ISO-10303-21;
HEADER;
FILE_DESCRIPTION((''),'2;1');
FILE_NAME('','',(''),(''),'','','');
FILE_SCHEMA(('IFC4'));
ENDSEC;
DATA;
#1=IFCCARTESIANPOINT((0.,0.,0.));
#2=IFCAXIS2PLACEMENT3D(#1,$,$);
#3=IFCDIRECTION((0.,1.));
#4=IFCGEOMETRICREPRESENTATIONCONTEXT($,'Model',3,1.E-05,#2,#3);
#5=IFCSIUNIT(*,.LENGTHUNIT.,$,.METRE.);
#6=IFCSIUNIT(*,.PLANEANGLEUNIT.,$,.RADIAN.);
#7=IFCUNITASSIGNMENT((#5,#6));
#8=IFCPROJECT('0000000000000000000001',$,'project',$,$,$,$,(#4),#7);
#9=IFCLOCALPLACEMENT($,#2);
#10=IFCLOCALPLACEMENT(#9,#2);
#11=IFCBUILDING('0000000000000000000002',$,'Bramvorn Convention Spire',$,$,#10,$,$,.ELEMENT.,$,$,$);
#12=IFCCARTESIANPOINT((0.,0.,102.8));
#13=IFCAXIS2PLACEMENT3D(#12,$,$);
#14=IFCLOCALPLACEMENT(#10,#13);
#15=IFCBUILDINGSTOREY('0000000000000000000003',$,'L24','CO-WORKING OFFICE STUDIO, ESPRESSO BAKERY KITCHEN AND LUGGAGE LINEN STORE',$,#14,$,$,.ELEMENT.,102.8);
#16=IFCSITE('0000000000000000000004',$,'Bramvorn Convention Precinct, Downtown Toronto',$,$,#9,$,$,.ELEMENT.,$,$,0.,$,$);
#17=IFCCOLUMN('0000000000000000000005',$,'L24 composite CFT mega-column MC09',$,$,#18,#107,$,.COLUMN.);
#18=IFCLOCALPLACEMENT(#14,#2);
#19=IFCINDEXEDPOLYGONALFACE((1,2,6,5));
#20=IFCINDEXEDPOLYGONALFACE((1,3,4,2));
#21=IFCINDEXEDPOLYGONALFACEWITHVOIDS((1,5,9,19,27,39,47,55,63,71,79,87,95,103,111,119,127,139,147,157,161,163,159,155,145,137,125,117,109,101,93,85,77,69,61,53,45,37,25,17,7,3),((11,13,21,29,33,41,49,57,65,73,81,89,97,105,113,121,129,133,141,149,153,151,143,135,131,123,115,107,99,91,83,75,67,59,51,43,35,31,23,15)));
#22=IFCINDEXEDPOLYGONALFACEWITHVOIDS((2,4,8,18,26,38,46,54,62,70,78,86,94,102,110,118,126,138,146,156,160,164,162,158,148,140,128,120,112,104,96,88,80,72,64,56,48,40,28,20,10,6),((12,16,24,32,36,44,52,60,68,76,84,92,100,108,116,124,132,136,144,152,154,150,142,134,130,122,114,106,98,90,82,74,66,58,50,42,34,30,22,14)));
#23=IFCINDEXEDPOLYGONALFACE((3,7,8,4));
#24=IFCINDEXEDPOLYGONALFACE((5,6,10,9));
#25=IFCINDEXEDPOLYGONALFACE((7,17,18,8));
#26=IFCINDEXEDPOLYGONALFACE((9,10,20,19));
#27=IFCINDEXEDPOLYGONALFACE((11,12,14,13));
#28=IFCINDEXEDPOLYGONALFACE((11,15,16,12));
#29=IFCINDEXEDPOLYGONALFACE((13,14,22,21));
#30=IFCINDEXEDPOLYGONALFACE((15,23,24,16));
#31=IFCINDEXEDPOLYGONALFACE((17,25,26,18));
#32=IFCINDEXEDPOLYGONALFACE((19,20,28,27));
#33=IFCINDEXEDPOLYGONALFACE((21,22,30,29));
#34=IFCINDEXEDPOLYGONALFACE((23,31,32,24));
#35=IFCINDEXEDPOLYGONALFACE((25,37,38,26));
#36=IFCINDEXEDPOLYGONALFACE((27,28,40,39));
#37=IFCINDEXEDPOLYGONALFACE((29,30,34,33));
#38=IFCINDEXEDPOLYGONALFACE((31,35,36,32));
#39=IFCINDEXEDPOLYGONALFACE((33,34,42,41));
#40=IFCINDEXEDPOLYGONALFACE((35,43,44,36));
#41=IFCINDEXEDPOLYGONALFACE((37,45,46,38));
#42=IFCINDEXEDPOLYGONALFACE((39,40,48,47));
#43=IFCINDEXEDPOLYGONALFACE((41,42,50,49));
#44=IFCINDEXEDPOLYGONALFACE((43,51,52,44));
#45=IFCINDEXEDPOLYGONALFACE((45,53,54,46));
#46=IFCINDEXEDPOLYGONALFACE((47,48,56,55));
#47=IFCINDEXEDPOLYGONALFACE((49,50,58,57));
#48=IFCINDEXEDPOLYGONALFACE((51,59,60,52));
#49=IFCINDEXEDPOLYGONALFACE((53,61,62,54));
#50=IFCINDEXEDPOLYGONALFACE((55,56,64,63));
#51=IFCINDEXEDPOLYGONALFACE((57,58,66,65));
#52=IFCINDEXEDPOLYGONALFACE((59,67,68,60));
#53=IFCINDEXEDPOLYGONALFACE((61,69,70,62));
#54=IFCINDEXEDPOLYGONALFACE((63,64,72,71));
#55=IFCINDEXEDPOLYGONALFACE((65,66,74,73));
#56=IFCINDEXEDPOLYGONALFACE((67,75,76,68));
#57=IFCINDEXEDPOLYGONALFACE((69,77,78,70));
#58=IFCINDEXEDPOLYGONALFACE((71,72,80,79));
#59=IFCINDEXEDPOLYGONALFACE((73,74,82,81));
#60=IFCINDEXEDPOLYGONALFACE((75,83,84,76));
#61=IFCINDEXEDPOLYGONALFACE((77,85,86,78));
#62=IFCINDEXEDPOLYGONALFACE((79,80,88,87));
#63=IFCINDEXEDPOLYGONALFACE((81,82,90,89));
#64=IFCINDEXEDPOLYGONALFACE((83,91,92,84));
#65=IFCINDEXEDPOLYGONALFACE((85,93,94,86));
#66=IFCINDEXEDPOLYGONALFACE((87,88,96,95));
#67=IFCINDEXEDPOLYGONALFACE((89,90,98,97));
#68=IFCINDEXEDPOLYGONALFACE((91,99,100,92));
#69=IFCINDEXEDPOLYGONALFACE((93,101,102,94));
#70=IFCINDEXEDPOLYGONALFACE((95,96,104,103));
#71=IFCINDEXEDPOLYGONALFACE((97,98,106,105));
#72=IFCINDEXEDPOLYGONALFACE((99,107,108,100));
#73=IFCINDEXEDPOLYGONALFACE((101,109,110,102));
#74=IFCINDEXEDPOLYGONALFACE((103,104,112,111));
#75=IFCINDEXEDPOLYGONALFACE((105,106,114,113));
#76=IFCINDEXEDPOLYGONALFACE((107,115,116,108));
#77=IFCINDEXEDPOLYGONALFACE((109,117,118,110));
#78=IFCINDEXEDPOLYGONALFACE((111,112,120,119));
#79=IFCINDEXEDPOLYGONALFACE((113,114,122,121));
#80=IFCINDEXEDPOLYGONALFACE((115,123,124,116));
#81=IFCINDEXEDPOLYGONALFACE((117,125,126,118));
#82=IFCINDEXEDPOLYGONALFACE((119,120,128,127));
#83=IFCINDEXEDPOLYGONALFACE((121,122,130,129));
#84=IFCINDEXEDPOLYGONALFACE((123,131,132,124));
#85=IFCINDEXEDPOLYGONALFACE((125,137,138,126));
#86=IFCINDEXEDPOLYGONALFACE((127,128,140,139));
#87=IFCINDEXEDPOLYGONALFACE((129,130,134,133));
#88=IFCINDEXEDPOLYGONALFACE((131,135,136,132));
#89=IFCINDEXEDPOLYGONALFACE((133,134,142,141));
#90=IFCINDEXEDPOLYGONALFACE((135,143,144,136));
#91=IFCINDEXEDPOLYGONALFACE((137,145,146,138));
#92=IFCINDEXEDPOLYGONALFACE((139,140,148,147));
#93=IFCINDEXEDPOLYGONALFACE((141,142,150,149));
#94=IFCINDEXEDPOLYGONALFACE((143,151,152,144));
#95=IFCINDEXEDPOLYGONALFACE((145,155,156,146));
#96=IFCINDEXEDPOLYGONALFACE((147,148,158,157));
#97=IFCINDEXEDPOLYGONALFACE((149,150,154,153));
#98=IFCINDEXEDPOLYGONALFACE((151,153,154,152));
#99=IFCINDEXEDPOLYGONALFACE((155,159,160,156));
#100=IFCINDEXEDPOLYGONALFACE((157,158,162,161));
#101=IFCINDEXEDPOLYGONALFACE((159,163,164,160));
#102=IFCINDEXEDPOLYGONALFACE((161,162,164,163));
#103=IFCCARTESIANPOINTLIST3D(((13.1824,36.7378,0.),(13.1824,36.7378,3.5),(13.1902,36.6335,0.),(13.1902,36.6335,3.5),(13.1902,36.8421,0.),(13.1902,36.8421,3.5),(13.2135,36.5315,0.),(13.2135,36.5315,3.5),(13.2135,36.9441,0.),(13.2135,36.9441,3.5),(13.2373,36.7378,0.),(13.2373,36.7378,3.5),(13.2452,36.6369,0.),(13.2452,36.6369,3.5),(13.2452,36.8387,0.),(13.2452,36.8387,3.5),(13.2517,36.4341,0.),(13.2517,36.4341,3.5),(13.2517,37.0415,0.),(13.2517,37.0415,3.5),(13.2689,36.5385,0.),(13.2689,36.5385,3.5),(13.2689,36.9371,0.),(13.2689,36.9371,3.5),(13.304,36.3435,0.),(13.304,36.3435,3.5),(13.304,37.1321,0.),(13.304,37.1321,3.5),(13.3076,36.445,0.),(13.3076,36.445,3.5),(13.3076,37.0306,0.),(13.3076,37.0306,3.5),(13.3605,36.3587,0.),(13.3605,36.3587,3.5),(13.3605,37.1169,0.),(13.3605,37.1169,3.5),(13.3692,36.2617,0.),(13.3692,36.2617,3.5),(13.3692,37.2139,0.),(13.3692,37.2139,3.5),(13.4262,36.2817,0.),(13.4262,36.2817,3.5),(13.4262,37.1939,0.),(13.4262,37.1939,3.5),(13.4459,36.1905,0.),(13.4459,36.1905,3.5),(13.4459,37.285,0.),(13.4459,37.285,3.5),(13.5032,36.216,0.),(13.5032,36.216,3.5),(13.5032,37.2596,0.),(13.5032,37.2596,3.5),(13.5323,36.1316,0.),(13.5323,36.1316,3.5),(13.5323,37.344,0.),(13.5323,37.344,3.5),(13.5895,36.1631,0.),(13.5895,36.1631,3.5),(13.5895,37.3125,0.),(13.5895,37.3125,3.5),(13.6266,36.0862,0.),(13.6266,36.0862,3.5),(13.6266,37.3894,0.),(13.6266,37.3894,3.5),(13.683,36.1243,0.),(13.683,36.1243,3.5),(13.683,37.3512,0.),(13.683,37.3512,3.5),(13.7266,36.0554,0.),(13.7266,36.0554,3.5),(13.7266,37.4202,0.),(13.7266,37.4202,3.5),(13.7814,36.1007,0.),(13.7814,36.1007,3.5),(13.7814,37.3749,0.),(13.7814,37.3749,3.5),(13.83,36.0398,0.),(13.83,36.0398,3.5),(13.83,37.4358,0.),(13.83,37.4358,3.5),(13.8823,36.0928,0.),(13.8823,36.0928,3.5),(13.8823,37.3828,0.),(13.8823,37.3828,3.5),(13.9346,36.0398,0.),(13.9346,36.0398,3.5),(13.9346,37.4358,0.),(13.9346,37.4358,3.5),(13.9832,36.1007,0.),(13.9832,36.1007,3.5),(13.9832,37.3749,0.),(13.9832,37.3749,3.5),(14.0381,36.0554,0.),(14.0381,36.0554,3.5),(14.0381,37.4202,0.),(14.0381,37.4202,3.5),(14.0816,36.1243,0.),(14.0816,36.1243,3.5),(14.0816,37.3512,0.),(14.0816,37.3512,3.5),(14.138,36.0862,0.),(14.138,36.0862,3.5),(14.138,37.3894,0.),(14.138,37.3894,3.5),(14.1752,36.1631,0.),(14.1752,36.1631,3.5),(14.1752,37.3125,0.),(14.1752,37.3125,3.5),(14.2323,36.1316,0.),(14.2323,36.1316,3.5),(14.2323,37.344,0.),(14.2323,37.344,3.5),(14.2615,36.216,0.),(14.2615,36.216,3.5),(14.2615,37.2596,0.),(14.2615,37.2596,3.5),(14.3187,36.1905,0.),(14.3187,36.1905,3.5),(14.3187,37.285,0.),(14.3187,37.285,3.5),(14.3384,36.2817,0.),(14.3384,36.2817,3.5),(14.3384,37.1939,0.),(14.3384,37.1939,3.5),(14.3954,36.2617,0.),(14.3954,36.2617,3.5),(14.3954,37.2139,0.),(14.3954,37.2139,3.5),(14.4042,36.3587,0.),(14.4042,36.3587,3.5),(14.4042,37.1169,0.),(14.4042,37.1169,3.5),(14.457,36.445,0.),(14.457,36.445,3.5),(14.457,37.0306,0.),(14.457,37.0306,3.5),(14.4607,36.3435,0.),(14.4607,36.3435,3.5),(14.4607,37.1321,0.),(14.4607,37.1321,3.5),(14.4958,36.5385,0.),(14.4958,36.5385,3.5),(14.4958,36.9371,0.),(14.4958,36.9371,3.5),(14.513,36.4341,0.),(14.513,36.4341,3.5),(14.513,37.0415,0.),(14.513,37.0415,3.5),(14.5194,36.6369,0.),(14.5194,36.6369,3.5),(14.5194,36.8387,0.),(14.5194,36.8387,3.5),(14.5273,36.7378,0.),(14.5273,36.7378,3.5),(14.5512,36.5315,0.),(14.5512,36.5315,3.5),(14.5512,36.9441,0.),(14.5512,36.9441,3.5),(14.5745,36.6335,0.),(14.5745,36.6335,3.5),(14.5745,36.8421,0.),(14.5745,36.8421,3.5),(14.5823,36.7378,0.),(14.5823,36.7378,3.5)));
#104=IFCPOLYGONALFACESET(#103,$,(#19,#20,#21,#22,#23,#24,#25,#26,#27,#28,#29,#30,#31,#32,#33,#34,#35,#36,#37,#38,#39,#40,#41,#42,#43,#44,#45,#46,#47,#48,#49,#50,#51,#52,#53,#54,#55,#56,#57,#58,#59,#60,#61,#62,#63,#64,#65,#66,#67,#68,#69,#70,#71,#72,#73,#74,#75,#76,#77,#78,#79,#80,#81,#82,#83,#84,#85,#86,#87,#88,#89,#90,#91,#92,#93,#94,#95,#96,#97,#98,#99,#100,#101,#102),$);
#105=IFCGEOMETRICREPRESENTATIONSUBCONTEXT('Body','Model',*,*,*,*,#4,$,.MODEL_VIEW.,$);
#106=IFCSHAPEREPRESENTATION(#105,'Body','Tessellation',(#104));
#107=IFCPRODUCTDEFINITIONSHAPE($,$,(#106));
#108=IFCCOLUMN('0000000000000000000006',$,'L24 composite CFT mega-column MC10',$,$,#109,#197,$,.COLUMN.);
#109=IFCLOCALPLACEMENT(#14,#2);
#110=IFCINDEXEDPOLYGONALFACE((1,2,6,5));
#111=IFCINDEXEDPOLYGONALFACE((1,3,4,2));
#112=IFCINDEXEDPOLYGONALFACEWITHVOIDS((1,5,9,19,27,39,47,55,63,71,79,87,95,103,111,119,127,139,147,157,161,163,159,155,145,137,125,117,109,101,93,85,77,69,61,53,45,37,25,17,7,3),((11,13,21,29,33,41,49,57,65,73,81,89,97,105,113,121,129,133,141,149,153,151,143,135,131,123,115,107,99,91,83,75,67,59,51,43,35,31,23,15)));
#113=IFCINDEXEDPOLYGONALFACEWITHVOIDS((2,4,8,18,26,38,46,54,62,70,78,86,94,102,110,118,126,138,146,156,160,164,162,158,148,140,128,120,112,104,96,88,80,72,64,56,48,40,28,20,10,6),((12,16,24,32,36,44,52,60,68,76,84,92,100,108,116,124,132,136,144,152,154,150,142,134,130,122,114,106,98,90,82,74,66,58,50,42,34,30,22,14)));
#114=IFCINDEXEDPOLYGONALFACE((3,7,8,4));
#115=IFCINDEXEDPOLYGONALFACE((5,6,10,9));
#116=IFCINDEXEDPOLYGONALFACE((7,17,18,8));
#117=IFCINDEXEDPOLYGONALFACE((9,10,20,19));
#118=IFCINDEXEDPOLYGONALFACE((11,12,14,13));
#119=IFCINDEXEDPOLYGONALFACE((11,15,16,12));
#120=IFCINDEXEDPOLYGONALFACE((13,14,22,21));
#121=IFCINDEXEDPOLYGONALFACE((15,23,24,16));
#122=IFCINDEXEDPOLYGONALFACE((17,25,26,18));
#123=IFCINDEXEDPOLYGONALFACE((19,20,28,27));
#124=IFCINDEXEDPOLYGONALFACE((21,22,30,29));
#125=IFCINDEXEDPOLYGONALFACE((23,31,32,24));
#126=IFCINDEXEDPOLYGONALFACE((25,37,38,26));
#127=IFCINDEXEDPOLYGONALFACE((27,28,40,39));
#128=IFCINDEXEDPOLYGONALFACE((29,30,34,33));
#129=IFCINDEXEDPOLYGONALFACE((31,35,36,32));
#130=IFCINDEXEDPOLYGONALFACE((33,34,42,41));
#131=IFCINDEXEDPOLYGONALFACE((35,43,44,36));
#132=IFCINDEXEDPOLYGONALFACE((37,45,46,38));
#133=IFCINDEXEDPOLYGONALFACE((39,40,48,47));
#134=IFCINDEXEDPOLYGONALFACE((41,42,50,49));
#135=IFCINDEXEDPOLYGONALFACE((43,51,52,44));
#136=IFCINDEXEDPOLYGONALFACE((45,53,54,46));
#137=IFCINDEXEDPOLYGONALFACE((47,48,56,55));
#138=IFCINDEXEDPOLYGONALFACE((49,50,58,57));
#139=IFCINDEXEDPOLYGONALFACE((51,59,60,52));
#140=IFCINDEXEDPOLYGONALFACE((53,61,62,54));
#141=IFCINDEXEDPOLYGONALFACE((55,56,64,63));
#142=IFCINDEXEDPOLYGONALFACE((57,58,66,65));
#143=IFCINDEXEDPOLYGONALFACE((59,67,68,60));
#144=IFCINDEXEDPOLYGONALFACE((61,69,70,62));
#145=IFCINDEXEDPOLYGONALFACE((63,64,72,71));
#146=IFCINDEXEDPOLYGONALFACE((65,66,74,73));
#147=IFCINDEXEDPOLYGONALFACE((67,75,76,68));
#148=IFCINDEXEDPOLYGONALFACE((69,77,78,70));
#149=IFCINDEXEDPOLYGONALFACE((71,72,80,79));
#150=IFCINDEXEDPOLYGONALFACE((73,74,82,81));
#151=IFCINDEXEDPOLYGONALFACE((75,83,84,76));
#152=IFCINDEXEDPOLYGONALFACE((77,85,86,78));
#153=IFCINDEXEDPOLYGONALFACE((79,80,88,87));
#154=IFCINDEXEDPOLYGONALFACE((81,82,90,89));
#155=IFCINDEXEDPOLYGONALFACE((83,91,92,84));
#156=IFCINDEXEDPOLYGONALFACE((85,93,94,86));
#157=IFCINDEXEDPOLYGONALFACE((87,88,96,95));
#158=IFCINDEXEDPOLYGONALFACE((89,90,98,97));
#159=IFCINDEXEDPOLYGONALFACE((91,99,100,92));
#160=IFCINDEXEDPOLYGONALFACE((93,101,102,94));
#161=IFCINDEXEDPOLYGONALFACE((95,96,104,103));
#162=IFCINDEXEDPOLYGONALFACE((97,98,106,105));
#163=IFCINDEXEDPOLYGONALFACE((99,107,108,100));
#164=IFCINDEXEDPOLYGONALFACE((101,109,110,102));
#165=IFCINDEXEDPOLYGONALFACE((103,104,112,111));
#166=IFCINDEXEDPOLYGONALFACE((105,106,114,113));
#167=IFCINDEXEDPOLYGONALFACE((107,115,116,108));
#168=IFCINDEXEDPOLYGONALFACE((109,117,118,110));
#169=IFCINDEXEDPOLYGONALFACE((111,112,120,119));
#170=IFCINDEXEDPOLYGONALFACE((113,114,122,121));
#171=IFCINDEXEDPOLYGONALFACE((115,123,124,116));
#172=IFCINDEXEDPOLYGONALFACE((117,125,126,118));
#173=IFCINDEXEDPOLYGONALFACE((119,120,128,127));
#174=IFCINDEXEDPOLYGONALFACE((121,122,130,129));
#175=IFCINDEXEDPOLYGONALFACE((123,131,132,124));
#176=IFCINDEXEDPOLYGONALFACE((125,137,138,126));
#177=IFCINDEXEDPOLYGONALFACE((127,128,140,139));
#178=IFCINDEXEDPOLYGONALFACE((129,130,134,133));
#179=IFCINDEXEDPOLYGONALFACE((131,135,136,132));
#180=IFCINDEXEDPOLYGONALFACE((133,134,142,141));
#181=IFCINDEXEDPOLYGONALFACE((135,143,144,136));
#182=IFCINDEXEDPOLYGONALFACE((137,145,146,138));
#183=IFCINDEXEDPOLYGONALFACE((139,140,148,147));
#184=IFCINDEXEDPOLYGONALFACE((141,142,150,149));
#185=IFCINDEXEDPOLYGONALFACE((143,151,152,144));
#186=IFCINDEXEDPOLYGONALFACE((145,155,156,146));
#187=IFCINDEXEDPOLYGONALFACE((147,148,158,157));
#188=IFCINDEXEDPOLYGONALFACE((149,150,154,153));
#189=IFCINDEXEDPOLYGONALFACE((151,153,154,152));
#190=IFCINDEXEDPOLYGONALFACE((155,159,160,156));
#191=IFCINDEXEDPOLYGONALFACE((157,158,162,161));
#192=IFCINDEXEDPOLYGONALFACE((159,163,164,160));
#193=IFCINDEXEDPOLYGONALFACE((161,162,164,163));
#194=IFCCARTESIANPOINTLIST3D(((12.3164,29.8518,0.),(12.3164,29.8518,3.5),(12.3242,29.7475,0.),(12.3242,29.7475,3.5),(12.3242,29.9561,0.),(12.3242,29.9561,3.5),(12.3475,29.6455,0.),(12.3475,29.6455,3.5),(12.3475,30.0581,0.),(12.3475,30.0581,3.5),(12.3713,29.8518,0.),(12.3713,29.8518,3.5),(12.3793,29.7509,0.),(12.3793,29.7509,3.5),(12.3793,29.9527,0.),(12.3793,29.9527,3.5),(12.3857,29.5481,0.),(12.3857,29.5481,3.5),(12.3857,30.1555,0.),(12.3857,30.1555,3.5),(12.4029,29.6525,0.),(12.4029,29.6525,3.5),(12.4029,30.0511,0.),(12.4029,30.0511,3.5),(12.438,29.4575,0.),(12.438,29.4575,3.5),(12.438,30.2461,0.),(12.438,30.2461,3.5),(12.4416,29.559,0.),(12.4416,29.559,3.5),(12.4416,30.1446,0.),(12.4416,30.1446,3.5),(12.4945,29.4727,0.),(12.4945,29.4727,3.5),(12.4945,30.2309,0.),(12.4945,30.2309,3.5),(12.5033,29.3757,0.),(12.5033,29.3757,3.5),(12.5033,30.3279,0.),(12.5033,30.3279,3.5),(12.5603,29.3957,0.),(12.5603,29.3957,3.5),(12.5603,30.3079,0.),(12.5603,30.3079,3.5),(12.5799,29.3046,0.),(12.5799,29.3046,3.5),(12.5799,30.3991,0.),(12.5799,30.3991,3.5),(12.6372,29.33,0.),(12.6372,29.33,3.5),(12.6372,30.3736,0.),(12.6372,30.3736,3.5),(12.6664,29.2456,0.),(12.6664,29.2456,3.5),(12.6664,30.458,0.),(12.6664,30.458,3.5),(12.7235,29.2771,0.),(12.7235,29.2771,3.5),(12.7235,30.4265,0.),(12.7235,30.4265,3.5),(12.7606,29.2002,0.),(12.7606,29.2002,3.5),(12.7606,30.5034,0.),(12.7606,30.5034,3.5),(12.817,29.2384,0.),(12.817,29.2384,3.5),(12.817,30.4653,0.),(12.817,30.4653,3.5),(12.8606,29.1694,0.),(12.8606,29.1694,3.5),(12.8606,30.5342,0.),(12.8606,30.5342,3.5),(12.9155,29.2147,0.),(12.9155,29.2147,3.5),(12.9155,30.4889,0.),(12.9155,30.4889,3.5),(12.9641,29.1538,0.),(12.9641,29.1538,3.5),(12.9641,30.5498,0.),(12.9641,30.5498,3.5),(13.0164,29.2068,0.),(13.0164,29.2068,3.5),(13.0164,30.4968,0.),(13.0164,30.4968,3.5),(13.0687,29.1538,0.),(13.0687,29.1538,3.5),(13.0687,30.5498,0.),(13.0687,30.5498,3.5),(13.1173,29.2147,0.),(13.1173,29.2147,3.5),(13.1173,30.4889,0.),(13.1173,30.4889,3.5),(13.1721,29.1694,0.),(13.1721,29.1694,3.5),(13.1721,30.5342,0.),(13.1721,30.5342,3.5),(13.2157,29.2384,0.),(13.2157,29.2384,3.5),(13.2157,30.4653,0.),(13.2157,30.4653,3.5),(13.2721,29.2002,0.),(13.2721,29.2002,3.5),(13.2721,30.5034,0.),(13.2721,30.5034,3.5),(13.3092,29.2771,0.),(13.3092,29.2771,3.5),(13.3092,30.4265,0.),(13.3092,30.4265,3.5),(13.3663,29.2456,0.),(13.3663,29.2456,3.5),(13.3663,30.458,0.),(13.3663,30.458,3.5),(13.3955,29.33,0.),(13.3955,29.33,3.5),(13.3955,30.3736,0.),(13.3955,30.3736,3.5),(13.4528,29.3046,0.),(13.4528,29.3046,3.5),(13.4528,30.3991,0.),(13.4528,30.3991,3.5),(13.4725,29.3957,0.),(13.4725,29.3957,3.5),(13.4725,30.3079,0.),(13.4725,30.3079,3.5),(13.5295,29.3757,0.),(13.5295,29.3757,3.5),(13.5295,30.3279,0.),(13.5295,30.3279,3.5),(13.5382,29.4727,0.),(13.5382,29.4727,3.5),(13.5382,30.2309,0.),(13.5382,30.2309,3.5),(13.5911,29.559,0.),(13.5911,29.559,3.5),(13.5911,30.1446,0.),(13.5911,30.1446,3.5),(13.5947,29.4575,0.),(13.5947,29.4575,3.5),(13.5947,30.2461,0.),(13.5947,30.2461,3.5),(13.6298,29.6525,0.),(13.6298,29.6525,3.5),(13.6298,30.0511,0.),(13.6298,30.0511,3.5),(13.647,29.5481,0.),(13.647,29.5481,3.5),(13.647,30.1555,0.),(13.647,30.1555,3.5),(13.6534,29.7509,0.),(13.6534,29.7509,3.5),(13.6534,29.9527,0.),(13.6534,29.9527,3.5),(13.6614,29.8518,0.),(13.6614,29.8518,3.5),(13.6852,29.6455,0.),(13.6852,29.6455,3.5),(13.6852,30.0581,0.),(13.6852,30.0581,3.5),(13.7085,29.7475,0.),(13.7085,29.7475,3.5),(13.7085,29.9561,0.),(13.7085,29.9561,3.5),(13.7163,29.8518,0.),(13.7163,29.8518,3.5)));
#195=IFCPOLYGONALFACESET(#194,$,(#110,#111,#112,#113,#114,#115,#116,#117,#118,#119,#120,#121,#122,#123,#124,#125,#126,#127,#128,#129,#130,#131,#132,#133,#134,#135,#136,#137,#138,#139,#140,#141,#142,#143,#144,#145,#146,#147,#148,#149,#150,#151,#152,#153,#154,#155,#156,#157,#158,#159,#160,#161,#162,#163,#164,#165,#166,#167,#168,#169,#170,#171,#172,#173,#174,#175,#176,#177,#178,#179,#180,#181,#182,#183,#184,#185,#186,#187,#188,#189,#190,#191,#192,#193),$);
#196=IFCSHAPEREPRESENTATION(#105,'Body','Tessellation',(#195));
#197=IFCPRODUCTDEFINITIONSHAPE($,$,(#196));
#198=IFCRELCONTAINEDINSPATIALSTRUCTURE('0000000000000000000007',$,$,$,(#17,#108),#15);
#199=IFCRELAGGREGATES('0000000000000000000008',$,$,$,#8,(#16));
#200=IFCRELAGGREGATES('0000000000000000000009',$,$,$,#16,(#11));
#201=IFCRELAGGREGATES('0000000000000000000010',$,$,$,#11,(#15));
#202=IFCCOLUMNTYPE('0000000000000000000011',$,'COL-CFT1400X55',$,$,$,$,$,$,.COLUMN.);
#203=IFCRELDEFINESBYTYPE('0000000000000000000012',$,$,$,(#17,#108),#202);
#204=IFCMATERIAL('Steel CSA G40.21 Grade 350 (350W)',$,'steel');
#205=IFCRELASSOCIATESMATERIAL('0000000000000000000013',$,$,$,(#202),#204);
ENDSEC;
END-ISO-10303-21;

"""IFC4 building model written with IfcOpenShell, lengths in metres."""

from ifc_helpers import new_model, si_unit, direction, frame, origin, origin_2d, place, context, subcontext, project, spatial, hollow_circle, extrude, material, material_profile, profile_set, type_object, element, save


model = new_model("IFC4")

# Units and contexts
model_context = context("Model", 3, precision=1e-05, world=origin(), true_north=direction((0.0, 1.0)))
body_context = subcontext(model_context, "Body", "Model", "MODEL_VIEW")
ifc_project = project(units=[si_unit("LENGTHUNIT", "METRE"), si_unit("PLANEANGLEUNIT", "RADIAN")], contexts=[model_context])

# Site, building, storey
site_placement = place(None, origin())
site = spatial("IfcSite", under=ifc_project, at=site_placement, Name="Bramvorn Convention Precinct, Downtown Toronto", CompositionType="ELEMENT", RefElevation=0.0)
building_placement = place(site_placement, origin())
building = spatial("IfcBuilding", under=site, at=building_placement, Name="Bramvorn Convention Spire", CompositionType="ELEMENT")
storey_placement = place(building_placement, frame((0.0, 0.0, 102.8)))
storey = spatial("IfcBuildingStorey", under=building, at=storey_placement, Name="L24", Description="CO-WORKING OFFICE STUDIO, ESPRESSO BAKERY KITCHEN AND LUGGAGE LINEN STORE", CompositionType="ELEMENT", Elevation=102.8)

# Columns
ifc_material_1 = material(Name="Steel CSA G40.21 Grade 350 (350W)", Category="steel")
ifc_material_profile_1 = material_profile(ifc_material_1, hollow_circle(Radius=0.7, WallThickness=0.0549, at=origin_2d()))
ifc_profile_set_1 = profile_set([ifc_material_profile_1], Name="Steel CSA G40.21 Grade 350 (350W) - CFT1400X55")
column_type = type_object("IfcColumnType", Name="COL-CFT1400X55", PredefinedType="COLUMN", material=ifc_profile_set_1)
for number, where, z_axis, x_axis, name in (
    (1, (13.8823, 36.7378, 0.0), (0.0, 0.0, 1.0), (1.0, 0.0, 0.0), "L24 composite CFT mega-column MC09"),
    (2, (13.0164, 29.8518, 0.0), (0.0, 0.0, 1.0), (1.0, 0.0, 0.0), "L24 composite CFT mega-column MC10"),
):
    element("IfcColumn", number, at=place(storey_placement, frame(where, z_axis=z_axis, x_axis=x_axis)), inside=storey, type_object=column_type, Name=name, PredefinedType="COLUMN", context=body_context, shape_type="SweptSolid", body=[
        extrude(hollow_circle(Radius=0.7, WallThickness=0.0549, at=origin_2d()), origin(), (0.0, 0.0, 1.0), 3.5),
    ])

save(model, "model.ifc")
